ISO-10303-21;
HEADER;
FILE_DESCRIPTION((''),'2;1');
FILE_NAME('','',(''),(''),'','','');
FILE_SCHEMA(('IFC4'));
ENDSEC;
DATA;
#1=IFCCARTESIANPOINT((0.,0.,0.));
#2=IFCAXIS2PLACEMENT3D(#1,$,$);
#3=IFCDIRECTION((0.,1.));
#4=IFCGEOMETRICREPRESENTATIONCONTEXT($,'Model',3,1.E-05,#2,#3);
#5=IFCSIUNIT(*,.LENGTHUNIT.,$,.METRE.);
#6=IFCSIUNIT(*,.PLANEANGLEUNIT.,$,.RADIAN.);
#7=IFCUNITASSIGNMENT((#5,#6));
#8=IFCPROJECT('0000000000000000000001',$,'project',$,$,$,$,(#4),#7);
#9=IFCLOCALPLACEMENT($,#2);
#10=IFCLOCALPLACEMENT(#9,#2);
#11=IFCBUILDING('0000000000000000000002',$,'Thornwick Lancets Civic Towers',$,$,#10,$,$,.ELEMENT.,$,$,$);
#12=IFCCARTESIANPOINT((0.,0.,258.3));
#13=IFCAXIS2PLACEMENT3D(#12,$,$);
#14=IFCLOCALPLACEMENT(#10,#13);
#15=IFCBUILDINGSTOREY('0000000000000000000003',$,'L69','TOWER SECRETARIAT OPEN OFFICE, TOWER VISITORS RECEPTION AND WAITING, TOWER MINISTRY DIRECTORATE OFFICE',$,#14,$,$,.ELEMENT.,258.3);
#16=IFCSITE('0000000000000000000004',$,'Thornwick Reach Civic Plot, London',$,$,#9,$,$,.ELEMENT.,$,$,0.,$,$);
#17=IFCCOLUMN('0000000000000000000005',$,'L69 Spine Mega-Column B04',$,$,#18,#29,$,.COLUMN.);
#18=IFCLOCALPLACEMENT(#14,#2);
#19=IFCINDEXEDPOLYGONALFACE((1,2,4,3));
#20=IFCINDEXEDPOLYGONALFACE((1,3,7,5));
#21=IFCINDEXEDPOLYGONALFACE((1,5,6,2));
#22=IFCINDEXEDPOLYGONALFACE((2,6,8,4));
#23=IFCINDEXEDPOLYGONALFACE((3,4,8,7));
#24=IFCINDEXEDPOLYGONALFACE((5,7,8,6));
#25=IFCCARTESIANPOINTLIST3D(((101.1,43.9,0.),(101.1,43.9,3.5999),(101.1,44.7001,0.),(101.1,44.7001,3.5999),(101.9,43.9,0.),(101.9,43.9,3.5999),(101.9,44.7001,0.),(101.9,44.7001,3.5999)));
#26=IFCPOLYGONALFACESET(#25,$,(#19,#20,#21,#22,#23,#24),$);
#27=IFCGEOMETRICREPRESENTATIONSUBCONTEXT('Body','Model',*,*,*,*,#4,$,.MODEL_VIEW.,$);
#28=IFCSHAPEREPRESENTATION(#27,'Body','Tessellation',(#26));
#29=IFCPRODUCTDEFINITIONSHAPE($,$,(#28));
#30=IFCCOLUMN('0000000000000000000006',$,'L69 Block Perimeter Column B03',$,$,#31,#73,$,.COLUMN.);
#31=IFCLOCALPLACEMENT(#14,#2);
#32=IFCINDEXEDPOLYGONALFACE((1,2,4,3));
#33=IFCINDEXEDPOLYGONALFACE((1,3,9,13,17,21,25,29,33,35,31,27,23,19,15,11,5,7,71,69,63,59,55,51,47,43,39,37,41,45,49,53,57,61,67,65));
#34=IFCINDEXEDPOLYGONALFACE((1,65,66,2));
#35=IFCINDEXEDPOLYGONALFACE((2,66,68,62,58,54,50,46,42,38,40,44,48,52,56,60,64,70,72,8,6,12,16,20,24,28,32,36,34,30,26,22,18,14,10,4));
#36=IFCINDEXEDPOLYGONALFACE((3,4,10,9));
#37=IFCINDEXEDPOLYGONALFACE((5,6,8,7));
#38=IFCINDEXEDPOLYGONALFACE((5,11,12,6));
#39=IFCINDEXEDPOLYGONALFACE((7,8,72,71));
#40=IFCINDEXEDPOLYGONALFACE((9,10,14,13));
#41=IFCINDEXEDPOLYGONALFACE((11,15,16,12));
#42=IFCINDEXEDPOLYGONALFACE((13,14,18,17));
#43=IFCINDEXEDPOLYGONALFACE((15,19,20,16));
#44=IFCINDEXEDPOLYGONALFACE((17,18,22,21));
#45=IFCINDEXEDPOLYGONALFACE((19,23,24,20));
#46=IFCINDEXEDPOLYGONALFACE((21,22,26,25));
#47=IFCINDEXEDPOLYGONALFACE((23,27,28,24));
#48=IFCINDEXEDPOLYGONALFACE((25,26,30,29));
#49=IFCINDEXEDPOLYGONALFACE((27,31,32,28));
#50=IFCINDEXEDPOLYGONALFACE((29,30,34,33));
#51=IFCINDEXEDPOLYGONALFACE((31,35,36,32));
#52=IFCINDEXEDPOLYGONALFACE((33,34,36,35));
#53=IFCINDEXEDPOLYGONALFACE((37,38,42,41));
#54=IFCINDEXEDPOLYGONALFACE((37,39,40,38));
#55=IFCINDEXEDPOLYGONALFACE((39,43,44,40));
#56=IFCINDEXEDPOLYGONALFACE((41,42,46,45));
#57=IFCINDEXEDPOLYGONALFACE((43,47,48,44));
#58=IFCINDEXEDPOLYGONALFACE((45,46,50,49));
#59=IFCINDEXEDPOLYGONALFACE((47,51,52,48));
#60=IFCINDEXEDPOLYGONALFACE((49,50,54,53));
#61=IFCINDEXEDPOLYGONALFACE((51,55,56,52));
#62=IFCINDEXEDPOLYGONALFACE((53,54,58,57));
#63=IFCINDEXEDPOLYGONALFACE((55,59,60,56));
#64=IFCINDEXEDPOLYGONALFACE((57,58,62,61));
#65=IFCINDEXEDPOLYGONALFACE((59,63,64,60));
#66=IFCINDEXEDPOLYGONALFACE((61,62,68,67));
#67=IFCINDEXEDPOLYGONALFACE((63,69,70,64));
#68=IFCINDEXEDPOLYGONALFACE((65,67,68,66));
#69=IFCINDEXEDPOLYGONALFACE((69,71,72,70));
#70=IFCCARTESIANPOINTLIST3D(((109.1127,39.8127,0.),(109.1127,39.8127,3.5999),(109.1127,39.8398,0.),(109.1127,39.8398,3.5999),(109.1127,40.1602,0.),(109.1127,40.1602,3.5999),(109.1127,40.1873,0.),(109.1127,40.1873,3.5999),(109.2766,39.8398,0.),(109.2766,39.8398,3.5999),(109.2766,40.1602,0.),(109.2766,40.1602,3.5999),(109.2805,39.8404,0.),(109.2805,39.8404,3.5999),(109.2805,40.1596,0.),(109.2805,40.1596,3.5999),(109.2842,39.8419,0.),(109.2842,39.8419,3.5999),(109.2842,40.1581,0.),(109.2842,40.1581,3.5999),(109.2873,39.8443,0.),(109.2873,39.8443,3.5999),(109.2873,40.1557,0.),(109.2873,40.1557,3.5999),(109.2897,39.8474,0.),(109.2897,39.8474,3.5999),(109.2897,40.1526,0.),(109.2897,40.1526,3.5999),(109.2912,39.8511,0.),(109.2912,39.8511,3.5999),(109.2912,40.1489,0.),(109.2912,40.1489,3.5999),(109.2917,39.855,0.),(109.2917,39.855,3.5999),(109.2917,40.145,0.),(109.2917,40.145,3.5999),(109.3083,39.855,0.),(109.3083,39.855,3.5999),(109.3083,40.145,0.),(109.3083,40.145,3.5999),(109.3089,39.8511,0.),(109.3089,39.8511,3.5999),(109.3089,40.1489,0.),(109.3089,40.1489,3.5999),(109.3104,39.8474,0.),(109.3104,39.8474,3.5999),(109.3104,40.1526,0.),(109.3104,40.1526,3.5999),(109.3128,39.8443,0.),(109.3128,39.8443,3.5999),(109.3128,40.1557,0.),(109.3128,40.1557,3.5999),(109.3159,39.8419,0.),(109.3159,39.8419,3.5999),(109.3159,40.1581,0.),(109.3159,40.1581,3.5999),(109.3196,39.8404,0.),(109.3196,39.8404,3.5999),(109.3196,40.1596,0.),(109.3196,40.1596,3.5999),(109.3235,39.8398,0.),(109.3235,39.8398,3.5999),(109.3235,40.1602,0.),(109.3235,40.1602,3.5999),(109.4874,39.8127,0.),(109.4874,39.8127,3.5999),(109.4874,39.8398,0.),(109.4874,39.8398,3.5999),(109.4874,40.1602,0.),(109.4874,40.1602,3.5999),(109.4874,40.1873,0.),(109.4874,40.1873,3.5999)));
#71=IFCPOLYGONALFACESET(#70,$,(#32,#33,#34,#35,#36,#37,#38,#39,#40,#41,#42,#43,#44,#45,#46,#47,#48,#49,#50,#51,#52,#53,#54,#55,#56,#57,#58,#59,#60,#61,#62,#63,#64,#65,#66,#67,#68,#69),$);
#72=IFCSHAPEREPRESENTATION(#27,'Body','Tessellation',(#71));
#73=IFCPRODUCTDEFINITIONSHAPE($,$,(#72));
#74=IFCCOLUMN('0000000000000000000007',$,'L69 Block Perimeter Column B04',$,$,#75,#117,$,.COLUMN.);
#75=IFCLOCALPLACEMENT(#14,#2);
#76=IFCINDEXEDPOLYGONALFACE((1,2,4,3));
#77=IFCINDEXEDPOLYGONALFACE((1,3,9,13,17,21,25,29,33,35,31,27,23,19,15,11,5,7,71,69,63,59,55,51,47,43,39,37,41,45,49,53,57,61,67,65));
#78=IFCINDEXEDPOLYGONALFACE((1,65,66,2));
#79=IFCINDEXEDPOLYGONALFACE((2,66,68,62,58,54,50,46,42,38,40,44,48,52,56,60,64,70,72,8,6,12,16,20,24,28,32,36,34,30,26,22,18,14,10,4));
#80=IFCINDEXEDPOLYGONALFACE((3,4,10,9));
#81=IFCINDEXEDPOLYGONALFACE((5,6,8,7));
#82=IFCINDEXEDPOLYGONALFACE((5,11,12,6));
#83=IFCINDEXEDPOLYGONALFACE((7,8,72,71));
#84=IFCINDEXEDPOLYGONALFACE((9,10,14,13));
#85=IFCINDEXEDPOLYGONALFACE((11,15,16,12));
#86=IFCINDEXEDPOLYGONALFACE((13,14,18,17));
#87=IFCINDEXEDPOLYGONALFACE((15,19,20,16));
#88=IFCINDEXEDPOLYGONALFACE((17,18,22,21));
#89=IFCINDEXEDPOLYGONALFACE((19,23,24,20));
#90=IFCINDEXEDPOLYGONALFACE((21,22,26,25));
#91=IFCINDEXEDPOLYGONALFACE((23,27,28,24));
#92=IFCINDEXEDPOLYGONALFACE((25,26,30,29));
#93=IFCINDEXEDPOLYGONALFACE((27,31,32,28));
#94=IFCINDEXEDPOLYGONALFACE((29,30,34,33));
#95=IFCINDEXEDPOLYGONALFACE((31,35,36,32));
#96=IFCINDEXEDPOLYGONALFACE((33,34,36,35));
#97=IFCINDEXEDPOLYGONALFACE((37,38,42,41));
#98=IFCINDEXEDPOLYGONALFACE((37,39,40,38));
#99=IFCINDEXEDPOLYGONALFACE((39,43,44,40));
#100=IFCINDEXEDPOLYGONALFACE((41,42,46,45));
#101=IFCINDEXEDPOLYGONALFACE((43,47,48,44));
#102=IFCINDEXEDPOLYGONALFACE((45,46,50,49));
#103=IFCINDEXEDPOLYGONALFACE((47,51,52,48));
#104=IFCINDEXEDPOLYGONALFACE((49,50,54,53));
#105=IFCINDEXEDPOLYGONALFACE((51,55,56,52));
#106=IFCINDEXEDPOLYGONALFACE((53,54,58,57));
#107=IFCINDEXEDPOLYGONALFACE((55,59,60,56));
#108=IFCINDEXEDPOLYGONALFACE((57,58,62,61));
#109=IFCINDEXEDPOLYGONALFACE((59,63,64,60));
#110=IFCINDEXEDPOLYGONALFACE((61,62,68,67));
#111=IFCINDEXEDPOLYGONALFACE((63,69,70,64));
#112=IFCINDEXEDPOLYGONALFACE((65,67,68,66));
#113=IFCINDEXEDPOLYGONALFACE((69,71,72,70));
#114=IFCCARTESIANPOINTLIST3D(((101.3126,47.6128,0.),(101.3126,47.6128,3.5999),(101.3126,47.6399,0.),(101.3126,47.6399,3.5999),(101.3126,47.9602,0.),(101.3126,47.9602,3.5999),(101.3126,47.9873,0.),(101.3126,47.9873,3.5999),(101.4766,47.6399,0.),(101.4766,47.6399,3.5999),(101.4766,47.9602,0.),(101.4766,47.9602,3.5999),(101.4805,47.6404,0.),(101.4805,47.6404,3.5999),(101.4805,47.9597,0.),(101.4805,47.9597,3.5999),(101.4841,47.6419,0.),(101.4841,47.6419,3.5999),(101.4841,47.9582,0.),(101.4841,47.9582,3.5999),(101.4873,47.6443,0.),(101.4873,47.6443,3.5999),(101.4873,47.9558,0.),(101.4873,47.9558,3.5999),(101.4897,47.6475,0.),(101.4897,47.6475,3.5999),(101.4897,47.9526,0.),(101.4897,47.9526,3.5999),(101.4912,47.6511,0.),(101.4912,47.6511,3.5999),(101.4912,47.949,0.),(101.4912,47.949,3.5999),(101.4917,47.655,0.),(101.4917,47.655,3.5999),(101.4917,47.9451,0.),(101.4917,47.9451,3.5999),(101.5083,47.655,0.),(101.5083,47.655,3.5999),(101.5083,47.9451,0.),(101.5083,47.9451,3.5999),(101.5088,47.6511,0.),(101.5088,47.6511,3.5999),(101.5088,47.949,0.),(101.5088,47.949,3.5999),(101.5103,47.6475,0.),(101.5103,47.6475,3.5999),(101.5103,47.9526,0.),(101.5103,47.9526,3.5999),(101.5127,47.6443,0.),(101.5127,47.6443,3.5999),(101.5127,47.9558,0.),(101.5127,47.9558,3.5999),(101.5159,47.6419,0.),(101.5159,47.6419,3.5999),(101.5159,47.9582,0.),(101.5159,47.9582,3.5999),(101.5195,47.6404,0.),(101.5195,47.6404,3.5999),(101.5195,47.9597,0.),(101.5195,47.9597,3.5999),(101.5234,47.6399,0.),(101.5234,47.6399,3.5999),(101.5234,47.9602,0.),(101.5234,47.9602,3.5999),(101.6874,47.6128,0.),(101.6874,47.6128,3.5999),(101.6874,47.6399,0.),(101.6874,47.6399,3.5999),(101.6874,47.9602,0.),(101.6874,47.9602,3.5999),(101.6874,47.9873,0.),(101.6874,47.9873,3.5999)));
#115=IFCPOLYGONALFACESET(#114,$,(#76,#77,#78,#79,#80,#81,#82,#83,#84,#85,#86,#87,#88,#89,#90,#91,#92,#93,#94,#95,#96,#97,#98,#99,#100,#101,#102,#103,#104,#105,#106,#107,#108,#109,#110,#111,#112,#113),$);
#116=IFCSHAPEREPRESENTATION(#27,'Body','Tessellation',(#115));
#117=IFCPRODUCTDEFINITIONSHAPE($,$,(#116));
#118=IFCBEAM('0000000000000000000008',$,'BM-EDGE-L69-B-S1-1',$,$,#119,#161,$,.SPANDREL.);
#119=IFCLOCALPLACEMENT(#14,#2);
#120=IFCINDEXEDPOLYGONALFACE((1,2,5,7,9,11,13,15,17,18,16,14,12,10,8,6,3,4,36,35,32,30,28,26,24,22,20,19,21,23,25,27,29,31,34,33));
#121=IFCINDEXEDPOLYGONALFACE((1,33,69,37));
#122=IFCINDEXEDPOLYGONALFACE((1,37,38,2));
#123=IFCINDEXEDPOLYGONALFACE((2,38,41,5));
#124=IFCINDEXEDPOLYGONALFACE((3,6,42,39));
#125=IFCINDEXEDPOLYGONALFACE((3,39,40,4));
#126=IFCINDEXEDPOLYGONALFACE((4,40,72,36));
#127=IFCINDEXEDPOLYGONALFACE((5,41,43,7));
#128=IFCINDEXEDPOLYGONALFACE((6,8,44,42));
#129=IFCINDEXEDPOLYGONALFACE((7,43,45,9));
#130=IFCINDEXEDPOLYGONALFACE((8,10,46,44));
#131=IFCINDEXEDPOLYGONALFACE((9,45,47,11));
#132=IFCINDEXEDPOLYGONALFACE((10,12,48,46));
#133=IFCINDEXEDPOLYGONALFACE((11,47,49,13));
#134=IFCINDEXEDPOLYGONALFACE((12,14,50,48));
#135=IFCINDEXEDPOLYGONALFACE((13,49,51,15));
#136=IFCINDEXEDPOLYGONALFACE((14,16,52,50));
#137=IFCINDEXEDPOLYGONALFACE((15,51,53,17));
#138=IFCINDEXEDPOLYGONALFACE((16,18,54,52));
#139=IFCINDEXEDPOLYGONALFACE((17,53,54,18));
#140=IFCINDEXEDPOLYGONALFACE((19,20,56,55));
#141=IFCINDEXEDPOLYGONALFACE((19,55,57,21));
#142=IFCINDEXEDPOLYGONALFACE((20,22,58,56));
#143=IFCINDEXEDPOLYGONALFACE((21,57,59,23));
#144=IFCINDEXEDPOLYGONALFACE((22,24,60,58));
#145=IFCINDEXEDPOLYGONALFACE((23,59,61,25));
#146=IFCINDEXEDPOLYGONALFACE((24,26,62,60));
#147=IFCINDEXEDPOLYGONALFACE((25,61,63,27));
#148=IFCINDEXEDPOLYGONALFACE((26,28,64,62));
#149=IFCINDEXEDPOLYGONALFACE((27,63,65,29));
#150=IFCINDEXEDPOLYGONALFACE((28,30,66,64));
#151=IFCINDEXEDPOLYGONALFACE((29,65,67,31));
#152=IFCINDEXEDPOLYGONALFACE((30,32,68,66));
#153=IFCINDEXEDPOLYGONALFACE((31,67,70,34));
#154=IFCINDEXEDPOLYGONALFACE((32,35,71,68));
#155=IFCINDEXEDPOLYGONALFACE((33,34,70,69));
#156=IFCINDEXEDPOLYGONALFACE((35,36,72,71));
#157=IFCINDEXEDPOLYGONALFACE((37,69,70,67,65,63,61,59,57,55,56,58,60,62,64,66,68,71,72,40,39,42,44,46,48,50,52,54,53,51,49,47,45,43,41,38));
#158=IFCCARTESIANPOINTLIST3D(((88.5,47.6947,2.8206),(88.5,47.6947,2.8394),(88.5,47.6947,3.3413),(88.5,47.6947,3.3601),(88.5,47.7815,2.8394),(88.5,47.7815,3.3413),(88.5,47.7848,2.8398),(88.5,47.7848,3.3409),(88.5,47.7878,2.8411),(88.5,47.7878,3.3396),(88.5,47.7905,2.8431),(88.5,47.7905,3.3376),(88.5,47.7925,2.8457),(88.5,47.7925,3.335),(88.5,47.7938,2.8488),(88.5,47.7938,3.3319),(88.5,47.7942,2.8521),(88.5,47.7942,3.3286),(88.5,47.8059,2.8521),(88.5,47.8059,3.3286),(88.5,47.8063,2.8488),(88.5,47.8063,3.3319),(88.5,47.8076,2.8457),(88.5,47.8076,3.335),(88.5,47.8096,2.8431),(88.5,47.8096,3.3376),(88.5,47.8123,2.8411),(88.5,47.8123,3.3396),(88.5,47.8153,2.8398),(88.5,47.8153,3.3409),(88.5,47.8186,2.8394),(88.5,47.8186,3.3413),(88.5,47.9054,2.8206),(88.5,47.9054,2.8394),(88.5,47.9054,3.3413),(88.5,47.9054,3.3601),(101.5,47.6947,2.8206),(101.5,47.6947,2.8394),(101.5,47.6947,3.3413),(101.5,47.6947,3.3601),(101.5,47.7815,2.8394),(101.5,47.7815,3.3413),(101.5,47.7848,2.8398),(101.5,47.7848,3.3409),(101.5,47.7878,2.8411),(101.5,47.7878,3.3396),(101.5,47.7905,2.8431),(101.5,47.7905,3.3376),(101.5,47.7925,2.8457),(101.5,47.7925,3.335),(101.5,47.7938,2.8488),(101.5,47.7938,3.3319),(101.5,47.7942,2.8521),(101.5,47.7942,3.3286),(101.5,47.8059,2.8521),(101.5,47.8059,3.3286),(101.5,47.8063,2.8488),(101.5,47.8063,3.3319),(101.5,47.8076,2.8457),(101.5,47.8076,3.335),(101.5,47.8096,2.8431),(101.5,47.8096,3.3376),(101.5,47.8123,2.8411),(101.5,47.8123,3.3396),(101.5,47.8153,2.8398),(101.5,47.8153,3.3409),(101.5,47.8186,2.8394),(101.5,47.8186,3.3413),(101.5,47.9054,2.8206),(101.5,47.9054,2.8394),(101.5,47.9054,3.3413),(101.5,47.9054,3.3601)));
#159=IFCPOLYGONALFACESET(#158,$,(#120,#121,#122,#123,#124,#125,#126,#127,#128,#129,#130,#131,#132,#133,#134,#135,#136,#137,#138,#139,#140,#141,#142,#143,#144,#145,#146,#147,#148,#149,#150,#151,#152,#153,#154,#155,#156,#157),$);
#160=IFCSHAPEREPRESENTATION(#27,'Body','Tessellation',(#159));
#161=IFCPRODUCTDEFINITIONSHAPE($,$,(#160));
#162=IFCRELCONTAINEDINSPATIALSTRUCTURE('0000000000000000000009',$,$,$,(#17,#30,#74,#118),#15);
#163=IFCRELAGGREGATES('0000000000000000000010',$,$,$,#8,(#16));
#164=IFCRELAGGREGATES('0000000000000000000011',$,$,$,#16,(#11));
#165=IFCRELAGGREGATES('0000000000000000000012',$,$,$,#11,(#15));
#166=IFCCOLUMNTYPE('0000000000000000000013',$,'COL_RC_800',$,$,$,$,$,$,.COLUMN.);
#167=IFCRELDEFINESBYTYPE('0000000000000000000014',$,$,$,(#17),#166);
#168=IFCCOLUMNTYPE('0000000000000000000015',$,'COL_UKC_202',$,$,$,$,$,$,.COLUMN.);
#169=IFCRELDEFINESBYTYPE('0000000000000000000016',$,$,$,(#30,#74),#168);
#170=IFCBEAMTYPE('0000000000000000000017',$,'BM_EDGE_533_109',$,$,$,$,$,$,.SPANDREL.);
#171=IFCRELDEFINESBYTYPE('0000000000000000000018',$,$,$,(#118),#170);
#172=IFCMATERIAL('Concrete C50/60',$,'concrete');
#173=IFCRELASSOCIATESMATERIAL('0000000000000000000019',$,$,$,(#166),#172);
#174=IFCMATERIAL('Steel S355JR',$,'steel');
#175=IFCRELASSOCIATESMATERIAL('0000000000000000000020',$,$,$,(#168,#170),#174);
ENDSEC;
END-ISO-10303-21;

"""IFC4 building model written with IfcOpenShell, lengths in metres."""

from ifc_helpers import new_model, si_unit, direction, frame, origin, origin_2d, place, context, subcontext, project, spatial, rectangle, i_section, extrude, material, material_profile, profile_set, type_object, element, save


model = new_model("IFC4")

# Units and contexts
model_context = context("Model", 3, precision=1e-05, world=origin(), true_north=direction((0.0, 1.0)))
body_context = subcontext(model_context, "Body", "Model", "MODEL_VIEW")
ifc_project = project(units=[si_unit("LENGTHUNIT", "METRE"), si_unit("PLANEANGLEUNIT", "RADIAN")], contexts=[model_context])

# Site, building, storey
site_placement = place(None, origin())
site = spatial("IfcSite", under=ifc_project, at=site_placement, Name="Thornwick Reach Civic Plot, London", CompositionType="ELEMENT", RefElevation=0.0)
building_placement = place(site_placement, origin())
building = spatial("IfcBuilding", under=site, at=building_placement, Name="Thornwick Lancets Civic Towers", CompositionType="ELEMENT")
storey_placement = place(building_placement, frame((0.0, 0.0, 258.3)))
storey = spatial("IfcBuildingStorey", under=building, at=storey_placement, Name="L69", Description="TOWER SECRETARIAT OPEN OFFICE, TOWER VISITORS RECEPTION AND WAITING, TOWER MINISTRY DIRECTORATE OFFICE", CompositionType="ELEMENT", Elevation=258.3)

# Columns
ifc_material_1 = material(Name="Concrete C50/60", Category="concrete")
ifc_material_profile_1 = material_profile(ifc_material_1, rectangle(XDim=0.8, YDim=0.8, at=origin_2d()), Name="RC 800x800")
ifc_profile_set_1 = profile_set([ifc_material_profile_1], Name="Concrete C50/60")
column_type_1 = type_object("IfcColumnType", Name="COL_RC_800", PredefinedType="COLUMN", material=ifc_profile_set_1)
column_placement = place(storey_placement, frame((101.5, 44.3, 0.0), z_axis=(0.0, 0.0, 1.0), x_axis=(1.0, 0.0, 0.0)))
element("IfcColumn", 1, at=column_placement, inside=storey, type_object=column_type_1, Name="L69 Spine Mega-Column B04", PredefinedType="COLUMN", context=body_context, shape_type="SweptSolid", body=[
    extrude(rectangle(XDim=0.8, YDim=0.8, at=origin_2d()), origin(), (0.0, 0.0, 1.0), 3.5999),
])
ifc_material_2 = material(Name="Steel S355JR", Category="steel")
ifc_material_profile_2 = material_profile(ifc_material_2, i_section(OverallWidth=0.3748, OverallDepth=0.3745, WebThickness=0.0166, FlangeThickness=0.0271, FilletRadius=0.0151, at=origin_2d()), Name="UKC 356x368x202")
ifc_profile_set_2 = profile_set([ifc_material_profile_2], Name="Steel S355JR")
column_type_2 = type_object("IfcColumnType", Name="COL_UKC_202", PredefinedType="COLUMN", material=ifc_profile_set_2)
for number, where, z_axis, x_axis, name in (
    (2, (109.3, 40.0, 0.0), (0.0, 0.0, 1.0), (1.0, 0.0, 0.0), "L69 Block Perimeter Column B03"),
    (3, (101.5, 47.8, 0.0), (0.0, 0.0, 1.0), (1.0, 0.0, 0.0), "L69 Block Perimeter Column B04"),
):
    element("IfcColumn", number, at=place(storey_placement, frame(where, z_axis=z_axis, x_axis=x_axis)), inside=storey, type_object=column_type_2, Name=name, PredefinedType="COLUMN", context=body_context, shape_type="SweptSolid", body=[
        extrude(i_section(OverallWidth=0.3748, OverallDepth=0.3745, WebThickness=0.0166, FlangeThickness=0.0271, FilletRadius=0.0151, at=origin_2d()), origin(), (0.0, 0.0, 1.0), 3.5999),
    ])

# Beam
ifc_material_profile_3 = material_profile(ifc_material_2, i_section(OverallWidth=0.2107, OverallDepth=0.5396, WebThickness=0.0117, FlangeThickness=0.0188, FilletRadius=0.0127, at=origin_2d()), Name="UKB 533x210x109")
ifc_profile_set_3 = profile_set([ifc_material_profile_3], Name="Steel S355JR")
beam_type_1 = type_object("IfcBeamType", Name="BM_EDGE_533_109", PredefinedType="SPANDREL", material=ifc_profile_set_3)
beam_1_placement = place(storey_placement, frame((101.5, 47.8, 3.0903), z_axis=(-1.0, 0.0, 0.0), x_axis=(0.0, -1.0, 0.0)))
element("IfcBeam", 4, at=beam_1_placement, inside=storey, type_object=beam_type_1, Name="BM-EDGE-L69-B-S1-1", PredefinedType="SPANDREL", context=body_context, shape_type="SweptSolid", body=[
    extrude(i_section(OverallWidth=0.2107, OverallDepth=0.5396, WebThickness=0.0117, FlangeThickness=0.0188, FilletRadius=0.0127, at=origin_2d()), origin(), (0.0, 0.0, 1.0), 13.0),
])

save(model, "model.ifc")
